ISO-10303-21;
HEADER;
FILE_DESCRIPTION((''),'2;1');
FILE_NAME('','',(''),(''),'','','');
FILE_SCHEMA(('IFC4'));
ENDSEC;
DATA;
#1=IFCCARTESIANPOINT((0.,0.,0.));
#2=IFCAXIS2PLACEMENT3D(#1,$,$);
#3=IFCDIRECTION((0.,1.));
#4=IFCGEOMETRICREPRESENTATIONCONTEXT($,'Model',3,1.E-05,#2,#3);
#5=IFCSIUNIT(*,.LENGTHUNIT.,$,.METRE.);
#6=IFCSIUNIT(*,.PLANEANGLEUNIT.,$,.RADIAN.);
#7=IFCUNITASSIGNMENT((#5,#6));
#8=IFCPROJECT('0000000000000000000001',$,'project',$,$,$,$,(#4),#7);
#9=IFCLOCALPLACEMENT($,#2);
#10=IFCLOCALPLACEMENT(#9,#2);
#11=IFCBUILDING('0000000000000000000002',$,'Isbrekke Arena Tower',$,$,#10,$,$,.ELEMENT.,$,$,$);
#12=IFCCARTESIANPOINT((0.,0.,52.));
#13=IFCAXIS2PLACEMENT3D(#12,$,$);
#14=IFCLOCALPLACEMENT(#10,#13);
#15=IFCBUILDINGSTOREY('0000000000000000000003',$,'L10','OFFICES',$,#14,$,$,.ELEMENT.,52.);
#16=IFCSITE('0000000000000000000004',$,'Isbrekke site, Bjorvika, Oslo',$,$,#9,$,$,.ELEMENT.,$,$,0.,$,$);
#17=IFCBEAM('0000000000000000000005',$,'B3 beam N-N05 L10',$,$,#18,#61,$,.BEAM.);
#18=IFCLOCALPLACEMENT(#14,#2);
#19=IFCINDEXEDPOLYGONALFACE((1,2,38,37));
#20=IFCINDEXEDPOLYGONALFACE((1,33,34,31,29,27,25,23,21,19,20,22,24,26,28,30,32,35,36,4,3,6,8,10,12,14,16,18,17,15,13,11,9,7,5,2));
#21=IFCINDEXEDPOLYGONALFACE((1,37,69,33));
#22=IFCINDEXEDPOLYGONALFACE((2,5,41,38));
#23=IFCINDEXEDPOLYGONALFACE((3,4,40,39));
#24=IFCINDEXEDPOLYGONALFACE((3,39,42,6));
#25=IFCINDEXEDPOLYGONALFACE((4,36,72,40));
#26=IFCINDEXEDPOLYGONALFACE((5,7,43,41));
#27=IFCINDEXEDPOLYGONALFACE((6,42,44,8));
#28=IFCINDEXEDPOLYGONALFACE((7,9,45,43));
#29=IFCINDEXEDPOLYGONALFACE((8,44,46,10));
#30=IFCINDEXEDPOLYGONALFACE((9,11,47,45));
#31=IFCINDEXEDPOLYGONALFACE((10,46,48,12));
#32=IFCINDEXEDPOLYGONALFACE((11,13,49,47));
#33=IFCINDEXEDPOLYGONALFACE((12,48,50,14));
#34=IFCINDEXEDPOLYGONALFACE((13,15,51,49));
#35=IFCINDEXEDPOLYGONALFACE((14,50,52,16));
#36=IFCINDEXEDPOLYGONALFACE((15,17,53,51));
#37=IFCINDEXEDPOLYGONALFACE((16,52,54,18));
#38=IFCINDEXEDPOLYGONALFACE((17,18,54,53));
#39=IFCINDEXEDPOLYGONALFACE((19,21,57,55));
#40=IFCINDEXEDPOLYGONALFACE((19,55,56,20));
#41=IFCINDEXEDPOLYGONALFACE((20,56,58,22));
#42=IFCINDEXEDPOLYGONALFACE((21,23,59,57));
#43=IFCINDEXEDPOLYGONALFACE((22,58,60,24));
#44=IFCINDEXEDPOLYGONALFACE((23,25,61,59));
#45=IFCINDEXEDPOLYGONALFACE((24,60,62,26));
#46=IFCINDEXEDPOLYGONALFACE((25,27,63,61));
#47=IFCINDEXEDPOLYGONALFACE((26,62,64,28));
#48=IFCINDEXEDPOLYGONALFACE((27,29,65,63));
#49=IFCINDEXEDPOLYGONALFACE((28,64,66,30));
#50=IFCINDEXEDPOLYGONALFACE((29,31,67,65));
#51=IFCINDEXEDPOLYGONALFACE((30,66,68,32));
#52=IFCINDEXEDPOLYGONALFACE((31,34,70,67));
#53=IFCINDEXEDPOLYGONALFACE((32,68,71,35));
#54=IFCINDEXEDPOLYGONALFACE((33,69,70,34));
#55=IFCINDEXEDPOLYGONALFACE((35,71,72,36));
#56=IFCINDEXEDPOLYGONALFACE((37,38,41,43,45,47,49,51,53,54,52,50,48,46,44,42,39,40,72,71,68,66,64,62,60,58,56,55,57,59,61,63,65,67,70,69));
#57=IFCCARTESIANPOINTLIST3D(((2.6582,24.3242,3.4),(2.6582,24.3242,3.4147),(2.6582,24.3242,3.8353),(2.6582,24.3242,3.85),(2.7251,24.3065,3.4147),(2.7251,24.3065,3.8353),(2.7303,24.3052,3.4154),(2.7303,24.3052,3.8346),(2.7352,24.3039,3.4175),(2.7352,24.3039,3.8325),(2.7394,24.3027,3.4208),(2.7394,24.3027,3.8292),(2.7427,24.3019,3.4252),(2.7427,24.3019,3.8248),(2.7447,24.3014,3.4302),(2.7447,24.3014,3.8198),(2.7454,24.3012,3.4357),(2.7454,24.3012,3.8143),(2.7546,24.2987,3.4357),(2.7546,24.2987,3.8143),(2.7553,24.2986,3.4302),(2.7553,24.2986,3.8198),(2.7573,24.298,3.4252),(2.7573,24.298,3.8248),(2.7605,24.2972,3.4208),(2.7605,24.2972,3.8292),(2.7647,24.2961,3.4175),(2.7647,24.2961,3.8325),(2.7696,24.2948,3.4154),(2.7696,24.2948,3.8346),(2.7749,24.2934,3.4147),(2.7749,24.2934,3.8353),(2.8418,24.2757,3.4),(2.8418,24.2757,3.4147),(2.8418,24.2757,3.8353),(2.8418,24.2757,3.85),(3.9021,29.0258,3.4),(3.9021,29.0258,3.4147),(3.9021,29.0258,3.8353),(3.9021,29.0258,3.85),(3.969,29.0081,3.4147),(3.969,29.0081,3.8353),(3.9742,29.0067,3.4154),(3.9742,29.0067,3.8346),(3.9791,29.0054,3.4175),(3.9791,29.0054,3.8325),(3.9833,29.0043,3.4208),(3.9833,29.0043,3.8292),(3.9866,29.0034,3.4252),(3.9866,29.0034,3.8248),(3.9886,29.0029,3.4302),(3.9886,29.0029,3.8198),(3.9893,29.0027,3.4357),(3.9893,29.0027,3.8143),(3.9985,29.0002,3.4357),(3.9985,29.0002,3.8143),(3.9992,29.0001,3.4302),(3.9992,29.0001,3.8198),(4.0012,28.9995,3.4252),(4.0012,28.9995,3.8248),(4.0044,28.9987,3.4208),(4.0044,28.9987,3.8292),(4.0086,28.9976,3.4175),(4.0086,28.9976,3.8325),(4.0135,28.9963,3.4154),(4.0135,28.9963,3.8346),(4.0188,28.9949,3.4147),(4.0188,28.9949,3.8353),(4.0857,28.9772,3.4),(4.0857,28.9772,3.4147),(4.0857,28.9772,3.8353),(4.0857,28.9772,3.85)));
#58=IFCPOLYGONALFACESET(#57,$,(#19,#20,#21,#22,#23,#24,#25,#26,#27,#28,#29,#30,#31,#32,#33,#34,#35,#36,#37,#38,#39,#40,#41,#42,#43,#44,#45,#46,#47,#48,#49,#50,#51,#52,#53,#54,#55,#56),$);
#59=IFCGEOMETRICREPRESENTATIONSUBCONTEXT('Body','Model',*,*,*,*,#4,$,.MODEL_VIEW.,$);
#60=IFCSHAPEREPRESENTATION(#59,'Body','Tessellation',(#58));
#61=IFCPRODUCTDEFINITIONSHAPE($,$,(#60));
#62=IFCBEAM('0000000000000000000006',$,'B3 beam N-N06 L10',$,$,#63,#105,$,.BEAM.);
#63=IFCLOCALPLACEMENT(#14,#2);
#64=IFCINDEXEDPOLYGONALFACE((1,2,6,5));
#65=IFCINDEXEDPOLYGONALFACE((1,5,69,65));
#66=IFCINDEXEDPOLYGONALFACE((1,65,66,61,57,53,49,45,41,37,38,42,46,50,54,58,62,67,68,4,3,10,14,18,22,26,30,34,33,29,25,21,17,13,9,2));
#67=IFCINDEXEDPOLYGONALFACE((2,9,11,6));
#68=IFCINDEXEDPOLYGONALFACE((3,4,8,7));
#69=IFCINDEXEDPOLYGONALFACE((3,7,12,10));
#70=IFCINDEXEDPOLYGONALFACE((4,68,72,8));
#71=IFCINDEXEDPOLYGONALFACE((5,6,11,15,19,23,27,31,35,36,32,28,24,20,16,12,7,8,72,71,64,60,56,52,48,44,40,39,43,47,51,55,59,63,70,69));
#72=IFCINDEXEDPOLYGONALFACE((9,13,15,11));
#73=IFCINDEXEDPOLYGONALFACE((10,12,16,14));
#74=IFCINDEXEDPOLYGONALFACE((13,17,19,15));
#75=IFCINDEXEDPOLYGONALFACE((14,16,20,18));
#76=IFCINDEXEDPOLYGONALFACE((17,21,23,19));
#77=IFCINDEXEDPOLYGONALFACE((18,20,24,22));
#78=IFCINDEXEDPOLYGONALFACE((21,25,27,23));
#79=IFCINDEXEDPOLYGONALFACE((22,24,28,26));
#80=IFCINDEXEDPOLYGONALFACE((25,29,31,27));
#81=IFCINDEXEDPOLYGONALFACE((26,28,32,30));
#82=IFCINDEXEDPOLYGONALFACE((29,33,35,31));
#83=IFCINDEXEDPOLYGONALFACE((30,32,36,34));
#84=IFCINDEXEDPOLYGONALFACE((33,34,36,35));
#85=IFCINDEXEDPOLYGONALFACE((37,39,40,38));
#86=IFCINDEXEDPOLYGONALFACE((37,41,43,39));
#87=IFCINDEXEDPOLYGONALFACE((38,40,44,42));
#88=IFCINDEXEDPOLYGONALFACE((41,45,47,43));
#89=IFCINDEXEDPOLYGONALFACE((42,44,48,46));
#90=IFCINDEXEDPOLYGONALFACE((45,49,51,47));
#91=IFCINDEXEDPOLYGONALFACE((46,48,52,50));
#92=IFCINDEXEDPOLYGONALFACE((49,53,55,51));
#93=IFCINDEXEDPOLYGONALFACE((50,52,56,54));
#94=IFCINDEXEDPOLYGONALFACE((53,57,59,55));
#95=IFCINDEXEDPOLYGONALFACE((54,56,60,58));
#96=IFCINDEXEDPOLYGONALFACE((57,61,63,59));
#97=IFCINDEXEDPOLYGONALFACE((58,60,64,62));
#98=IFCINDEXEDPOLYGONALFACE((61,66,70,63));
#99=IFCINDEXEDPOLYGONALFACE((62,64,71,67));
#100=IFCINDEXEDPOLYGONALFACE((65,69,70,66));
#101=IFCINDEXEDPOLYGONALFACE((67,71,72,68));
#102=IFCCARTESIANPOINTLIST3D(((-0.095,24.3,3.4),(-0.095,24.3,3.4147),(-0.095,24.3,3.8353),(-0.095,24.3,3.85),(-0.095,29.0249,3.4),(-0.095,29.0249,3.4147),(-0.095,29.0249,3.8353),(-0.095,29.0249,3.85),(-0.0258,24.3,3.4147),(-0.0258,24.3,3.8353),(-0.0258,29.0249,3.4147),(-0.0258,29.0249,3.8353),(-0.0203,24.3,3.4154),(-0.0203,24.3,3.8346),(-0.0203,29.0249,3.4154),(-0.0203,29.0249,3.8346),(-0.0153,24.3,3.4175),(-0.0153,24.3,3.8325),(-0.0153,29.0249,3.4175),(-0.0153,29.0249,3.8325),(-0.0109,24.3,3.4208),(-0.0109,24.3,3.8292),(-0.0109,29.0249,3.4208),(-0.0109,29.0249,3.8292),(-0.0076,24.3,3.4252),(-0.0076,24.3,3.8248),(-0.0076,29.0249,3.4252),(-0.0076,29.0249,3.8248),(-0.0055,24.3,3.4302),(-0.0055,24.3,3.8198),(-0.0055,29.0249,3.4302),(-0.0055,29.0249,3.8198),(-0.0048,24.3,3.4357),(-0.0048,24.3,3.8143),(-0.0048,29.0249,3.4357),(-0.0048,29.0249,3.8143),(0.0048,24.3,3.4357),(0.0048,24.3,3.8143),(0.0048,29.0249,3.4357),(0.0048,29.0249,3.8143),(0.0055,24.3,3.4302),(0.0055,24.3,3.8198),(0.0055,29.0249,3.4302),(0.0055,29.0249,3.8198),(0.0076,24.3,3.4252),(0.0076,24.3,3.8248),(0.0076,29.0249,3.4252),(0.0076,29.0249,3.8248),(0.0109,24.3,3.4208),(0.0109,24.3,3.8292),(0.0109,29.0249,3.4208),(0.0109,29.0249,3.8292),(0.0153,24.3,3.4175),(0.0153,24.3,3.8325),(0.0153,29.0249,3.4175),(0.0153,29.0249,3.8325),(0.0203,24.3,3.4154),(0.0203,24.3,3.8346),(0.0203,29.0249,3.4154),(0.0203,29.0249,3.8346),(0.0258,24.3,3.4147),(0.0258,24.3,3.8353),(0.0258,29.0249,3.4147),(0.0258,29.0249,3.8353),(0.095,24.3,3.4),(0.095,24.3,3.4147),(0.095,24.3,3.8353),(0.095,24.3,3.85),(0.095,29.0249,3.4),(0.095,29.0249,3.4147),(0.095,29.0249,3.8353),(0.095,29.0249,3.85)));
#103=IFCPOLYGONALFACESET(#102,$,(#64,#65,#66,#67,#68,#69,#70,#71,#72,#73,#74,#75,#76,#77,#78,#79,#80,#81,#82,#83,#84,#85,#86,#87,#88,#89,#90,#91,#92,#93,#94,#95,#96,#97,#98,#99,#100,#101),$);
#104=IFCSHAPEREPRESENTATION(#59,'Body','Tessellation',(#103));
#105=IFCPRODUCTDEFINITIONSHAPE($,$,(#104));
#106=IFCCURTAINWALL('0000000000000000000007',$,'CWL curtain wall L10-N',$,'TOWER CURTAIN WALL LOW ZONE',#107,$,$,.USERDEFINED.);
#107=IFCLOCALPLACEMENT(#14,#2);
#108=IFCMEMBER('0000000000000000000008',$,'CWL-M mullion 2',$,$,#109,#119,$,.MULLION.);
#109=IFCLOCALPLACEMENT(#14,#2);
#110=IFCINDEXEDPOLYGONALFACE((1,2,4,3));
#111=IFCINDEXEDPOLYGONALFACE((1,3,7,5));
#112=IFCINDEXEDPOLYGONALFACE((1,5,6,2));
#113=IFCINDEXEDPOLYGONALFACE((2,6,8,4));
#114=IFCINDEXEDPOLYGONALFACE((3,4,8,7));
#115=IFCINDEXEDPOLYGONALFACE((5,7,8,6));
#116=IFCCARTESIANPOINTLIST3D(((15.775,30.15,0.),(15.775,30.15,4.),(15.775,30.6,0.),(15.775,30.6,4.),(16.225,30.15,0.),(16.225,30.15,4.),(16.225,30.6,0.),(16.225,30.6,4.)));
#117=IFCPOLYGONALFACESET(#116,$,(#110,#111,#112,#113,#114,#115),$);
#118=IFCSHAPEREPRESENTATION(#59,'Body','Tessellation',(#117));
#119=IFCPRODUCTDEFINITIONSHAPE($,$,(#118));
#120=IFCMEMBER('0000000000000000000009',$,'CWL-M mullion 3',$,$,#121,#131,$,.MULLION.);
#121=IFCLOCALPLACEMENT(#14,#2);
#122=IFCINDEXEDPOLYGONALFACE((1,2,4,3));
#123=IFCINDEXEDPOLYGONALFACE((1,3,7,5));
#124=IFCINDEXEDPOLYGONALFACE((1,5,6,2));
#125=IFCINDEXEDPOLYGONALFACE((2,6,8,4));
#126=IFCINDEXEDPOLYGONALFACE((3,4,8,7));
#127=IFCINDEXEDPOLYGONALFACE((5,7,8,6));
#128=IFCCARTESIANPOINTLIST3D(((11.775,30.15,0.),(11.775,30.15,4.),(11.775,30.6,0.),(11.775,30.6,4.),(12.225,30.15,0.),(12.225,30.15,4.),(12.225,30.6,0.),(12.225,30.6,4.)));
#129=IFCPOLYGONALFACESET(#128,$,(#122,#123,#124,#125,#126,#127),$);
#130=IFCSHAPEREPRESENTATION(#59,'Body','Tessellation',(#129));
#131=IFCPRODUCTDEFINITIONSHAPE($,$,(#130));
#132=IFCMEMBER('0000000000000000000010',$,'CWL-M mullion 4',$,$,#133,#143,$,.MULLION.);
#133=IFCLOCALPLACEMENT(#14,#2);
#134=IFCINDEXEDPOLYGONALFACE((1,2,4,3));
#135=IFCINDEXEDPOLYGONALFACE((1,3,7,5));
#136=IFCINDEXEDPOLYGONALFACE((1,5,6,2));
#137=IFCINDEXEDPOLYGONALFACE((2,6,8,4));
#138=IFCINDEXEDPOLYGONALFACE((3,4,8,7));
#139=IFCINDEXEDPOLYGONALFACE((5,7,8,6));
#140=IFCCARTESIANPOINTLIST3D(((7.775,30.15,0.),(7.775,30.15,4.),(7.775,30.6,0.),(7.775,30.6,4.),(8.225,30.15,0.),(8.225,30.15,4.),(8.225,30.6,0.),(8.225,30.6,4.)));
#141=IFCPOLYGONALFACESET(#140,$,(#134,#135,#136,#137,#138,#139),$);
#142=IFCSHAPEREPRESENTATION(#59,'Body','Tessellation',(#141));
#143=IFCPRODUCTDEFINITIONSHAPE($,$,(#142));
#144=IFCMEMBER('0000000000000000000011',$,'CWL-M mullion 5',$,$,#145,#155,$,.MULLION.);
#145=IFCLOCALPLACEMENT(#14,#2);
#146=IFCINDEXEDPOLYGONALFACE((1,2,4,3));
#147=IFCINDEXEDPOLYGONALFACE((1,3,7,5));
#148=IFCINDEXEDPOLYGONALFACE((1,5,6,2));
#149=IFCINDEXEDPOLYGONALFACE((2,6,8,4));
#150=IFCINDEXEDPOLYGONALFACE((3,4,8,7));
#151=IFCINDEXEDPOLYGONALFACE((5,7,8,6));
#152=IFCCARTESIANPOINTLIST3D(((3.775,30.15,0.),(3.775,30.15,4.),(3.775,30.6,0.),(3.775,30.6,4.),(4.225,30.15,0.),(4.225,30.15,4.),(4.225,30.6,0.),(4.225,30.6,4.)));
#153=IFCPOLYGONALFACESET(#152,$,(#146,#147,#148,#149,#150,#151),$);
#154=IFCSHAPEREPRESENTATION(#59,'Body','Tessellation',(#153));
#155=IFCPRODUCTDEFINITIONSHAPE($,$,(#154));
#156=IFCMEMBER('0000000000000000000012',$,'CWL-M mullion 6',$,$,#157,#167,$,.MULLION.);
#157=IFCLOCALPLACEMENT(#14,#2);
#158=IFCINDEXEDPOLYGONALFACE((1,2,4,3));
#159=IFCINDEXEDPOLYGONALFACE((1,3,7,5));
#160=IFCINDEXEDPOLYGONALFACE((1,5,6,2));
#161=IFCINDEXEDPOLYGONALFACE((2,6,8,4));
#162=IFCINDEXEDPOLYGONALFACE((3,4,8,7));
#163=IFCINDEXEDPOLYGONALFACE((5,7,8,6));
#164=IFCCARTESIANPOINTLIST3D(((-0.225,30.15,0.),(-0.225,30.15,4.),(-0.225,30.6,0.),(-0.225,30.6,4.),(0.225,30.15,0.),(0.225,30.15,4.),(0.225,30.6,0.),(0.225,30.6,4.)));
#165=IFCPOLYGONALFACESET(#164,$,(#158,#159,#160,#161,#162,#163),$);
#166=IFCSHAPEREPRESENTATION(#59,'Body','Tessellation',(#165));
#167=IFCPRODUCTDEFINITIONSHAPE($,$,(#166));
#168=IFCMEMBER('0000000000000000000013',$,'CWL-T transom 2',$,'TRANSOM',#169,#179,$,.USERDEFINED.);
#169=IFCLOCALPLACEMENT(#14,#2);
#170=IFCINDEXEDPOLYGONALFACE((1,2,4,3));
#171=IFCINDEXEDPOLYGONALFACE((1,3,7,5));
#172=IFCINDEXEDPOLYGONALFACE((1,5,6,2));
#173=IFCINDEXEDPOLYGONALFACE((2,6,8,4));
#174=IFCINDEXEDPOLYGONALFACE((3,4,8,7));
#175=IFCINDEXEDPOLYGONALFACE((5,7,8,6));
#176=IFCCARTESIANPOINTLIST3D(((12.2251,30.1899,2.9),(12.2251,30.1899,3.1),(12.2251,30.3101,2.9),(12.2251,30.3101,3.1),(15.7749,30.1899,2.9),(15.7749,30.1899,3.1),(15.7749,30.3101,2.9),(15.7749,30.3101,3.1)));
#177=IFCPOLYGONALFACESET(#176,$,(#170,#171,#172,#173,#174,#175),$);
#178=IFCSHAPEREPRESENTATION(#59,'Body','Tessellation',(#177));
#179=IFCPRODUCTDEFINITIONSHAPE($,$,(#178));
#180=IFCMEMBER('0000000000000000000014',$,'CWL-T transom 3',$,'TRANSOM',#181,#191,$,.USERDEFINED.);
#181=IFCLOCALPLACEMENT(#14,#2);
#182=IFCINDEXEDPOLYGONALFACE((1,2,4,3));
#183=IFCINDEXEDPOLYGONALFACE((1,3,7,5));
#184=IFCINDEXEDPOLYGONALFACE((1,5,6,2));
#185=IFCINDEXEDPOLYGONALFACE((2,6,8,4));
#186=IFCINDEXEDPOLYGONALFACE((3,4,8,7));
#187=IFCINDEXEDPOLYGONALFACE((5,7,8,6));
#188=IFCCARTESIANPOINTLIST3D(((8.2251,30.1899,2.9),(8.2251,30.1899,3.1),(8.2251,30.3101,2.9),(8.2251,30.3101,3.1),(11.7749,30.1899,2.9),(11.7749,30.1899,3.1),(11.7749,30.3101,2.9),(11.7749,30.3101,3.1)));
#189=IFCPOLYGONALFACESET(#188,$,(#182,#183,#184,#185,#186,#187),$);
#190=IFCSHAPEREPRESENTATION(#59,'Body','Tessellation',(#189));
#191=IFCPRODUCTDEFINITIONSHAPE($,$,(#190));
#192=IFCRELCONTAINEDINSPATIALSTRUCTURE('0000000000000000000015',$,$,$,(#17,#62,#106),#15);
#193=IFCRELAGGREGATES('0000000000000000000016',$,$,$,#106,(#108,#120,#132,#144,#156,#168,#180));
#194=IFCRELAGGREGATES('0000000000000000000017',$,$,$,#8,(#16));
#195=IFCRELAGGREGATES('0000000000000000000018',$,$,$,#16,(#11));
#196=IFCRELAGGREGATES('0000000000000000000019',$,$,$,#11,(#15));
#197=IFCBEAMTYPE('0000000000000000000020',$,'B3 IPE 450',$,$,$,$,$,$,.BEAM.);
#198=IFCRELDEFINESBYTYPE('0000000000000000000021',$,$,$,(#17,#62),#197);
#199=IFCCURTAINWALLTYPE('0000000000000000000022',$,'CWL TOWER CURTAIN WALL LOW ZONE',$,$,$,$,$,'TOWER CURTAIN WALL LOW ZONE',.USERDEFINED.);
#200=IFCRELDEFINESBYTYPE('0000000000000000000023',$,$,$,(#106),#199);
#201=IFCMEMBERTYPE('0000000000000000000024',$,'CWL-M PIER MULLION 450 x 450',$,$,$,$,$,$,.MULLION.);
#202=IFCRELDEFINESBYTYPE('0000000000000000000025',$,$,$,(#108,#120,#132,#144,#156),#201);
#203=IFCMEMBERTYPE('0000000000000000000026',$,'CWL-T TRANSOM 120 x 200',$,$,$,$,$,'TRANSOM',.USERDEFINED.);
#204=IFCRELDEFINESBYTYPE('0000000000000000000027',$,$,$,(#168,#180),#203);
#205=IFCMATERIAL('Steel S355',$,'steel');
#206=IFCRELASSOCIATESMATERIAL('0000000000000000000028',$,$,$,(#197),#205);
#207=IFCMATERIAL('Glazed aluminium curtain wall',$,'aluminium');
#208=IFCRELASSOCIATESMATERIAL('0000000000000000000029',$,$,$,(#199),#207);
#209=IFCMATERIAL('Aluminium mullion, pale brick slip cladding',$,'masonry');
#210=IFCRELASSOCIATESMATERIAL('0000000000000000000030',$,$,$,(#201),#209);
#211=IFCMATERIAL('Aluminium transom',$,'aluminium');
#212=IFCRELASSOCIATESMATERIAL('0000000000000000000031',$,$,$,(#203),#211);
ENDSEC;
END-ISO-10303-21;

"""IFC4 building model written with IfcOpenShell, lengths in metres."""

from ifc_helpers import new_model, si_unit, direction, frame, origin, origin_2d, place, context, subcontext, project, spatial, rectangle, i_section, extrude, material, material_profile, profile_set, type_object, element, aggregate, save


model = new_model("IFC4")

# Units and contexts
model_context = context("Model", 3, precision=1e-05, world=origin(), true_north=direction((0.0, 1.0)))
body_context = subcontext(model_context, "Body", "Model", "MODEL_VIEW")
ifc_project = project(units=[si_unit("LENGTHUNIT", "METRE"), si_unit("PLANEANGLEUNIT", "RADIAN")], contexts=[model_context])

# Site, building, storey
site_placement = place(None, origin())
site = spatial("IfcSite", under=ifc_project, at=site_placement, Name="Isbrekke site, Bjorvika, Oslo", CompositionType="ELEMENT", RefElevation=0.0)
building_placement = place(site_placement, origin())
building = spatial("IfcBuilding", under=site, at=building_placement, Name="Isbrekke Arena Tower", CompositionType="ELEMENT")
storey_placement = place(building_placement, frame((0.0, 0.0, 52.0)))
storey = spatial("IfcBuildingStorey", under=building, at=storey_placement, Name="L10", Description="OFFICES", CompositionType="ELEMENT", Elevation=52.0)

# Beams
ifc_material_1 = material(Name="Steel S355", Category="steel")
ifc_material_profile_1 = material_profile(ifc_material_1, i_section(OverallWidth=0.1899, OverallDepth=0.45, WebThickness=0.0095, FlangeThickness=0.0146, FilletRadius=0.021, at=origin_2d()), Name="IPE 450")
ifc_profile_set_1 = profile_set([ifc_material_profile_1], Name="Steel S355")
beam_type_1 = type_object("IfcBeamType", Name="B3 IPE 450", PredefinedType="BEAM", material=ifc_profile_set_1)
beam_1_placement = place(storey_placement, frame((3.9939, 29.0015, 3.625), z_axis=(-0.255778, -0.966736, 0.0), x_axis=(0.966736, -0.255778, 0.0)))
element("IfcBeam", 1, at=beam_1_placement, inside=storey, type_object=beam_type_1, Name="B3 beam N-N05 L10", PredefinedType="BEAM", context=body_context, shape_type="SweptSolid", body=[
    extrude(i_section(OverallWidth=0.1899, OverallDepth=0.45, WebThickness=0.0095, FlangeThickness=0.0146, FilletRadius=0.021, at=origin_2d()), origin(), (0.0, 0.0, 1.0), 4.8633),
])
beam_2_placement = place(storey_placement, frame((0.0, 29.0249, 3.625), z_axis=(0.0, -1.0, 0.0), x_axis=(1.0, 0.0, 0.0)))
element("IfcBeam", 2, at=beam_2_placement, inside=storey, type_object=beam_type_1, Name="B3 beam N-N06 L10", PredefinedType="BEAM", context=body_context, shape_type="SweptSolid", body=[
    extrude(i_section(OverallWidth=0.1899, OverallDepth=0.45, WebThickness=0.0095, FlangeThickness=0.0146, FilletRadius=0.021, at=origin_2d()), origin(), (0.0, 0.0, 1.0), 4.7249),
])

# Curtain wall, members
ifc_material_2 = material(Name="Glazed aluminium curtain wall", Category="aluminium")
curtain_wall_type = type_object("IfcCurtainWallType", Name="CWL TOWER CURTAIN WALL LOW ZONE", ElementType="TOWER CURTAIN WALL LOW ZONE", PredefinedType="USERDEFINED", material=ifc_material_2)
curtain_wall_placement = place(storey_placement, origin())
curtain_wall = element("IfcCurtainWall", 3, at=curtain_wall_placement, inside=storey, type_object=curtain_wall_type, Name="CWL curtain wall L10-N", ObjectType="TOWER CURTAIN WALL LOW ZONE", PredefinedType="USERDEFINED")
ifc_material_3 = material(Name="Aluminium mullion, pale brick slip cladding", Category="masonry")
ifc_material_profile_2 = material_profile(ifc_material_3, rectangle(XDim=0.45, YDim=0.45, at=origin_2d()), Name="PIER 450X450")
ifc_profile_set_2 = profile_set([ifc_material_profile_2], Name="Aluminium mullion, pale brick slip cladding")
member_type_1 = type_object("IfcMemberType", Name="CWL-M PIER MULLION 450 x 450", PredefinedType="MULLION", material=ifc_profile_set_2)
member_1_placement = place(storey_placement, frame((16.0, 30.375, 0.0), z_axis=(0.0, 0.0, 1.0), x_axis=(-1.0, 0.0, 0.0)))
member_1 = element("IfcMember", 4, at=member_1_placement, type_object=member_type_1, Name="CWL-M mullion 2", PredefinedType="MULLION", context=body_context, shape_type="SweptSolid", body=[
    extrude(rectangle(XDim=0.45, YDim=0.45, at=origin_2d()), origin(), (0.0, 0.0, 1.0), 4.0),
])
member_2_placement = place(storey_placement, frame((12.0, 30.375, 0.0), z_axis=(0.0, 0.0, 1.0), x_axis=(-1.0, 0.0, 0.0)))
member_2 = element("IfcMember", 5, at=member_2_placement, type_object=member_type_1, Name="CWL-M mullion 3", PredefinedType="MULLION", context=body_context, shape_type="SweptSolid", body=[
    extrude(rectangle(XDim=0.45, YDim=0.45, at=origin_2d()), origin(), (0.0, 0.0, 1.0), 4.0),
])
member_3_placement = place(storey_placement, frame((8.0, 30.375, 0.0), z_axis=(0.0, 0.0, 1.0), x_axis=(-1.0, 0.0, 0.0)))
member_3 = element("IfcMember", 6, at=member_3_placement, type_object=member_type_1, Name="CWL-M mullion 4", PredefinedType="MULLION", context=body_context, shape_type="SweptSolid", body=[
    extrude(rectangle(XDim=0.45, YDim=0.45, at=origin_2d()), origin(), (0.0, 0.0, 1.0), 4.0),
])
member_4_placement = place(storey_placement, frame((4.0, 30.375, 0.0), z_axis=(0.0, 0.0, 1.0), x_axis=(-1.0, 0.0, 0.0)))
member_4 = element("IfcMember", 7, at=member_4_placement, type_object=member_type_1, Name="CWL-M mullion 5", PredefinedType="MULLION", context=body_context, shape_type="SweptSolid", body=[
    extrude(rectangle(XDim=0.45, YDim=0.45, at=origin_2d()), origin(), (0.0, 0.0, 1.0), 4.0),
])
member_5_placement = place(storey_placement, frame((0.0, 30.375, 0.0), z_axis=(0.0, 0.0, 1.0), x_axis=(-1.0, 0.0, 0.0)))
member_5 = element("IfcMember", 8, at=member_5_placement, type_object=member_type_1, Name="CWL-M mullion 6", PredefinedType="MULLION", context=body_context, shape_type="SweptSolid", body=[
    extrude(rectangle(XDim=0.45, YDim=0.45, at=origin_2d()), origin(), (0.0, 0.0, 1.0), 4.0),
])
ifc_material_4 = material(Name="Aluminium transom", Category="aluminium")
ifc_material_profile_3 = material_profile(ifc_material_4, rectangle(XDim=0.1201, YDim=0.2, at=origin_2d()), Name="TRANSOM 120X200")
ifc_profile_set_3 = profile_set([ifc_material_profile_3], Name="Aluminium transom")
member_type_2 = type_object("IfcMemberType", Name="CWL-T TRANSOM 120 x 200", ElementType="TRANSOM", PredefinedType="USERDEFINED", material=ifc_profile_set_3)
member_6_placement = place(storey_placement, frame((15.7749, 30.25, 3.0), z_axis=(-1.0, 0.0, 0.0), x_axis=(0.0, -1.0, 0.0)))
member_6 = element("IfcMember", 9, at=member_6_placement, type_object=member_type_2, Name="CWL-T transom 2", ObjectType="TRANSOM", PredefinedType="USERDEFINED", context=body_context, shape_type="SweptSolid", body=[
    extrude(rectangle(XDim=0.1201, YDim=0.2, at=origin_2d()), origin(), (0.0, 0.0, 1.0), 3.5498),
])
member_7_placement = place(storey_placement, frame((11.7749, 30.25, 3.0), z_axis=(-1.0, 0.0, 0.0), x_axis=(0.0, -1.0, 0.0)))
member_7 = element("IfcMember", 10, at=member_7_placement, type_object=member_type_2, Name="CWL-T transom 3", ObjectType="TRANSOM", PredefinedType="USERDEFINED", context=body_context, shape_type="SweptSolid", body=[
    extrude(rectangle(XDim=0.1201, YDim=0.2, at=origin_2d()), origin(), (0.0, 0.0, 1.0), 3.5498),
])

aggregate(curtain_wall, [member_1, member_2, member_3, member_4, member_5, member_6, member_7])

save(model, "model.ifc")
